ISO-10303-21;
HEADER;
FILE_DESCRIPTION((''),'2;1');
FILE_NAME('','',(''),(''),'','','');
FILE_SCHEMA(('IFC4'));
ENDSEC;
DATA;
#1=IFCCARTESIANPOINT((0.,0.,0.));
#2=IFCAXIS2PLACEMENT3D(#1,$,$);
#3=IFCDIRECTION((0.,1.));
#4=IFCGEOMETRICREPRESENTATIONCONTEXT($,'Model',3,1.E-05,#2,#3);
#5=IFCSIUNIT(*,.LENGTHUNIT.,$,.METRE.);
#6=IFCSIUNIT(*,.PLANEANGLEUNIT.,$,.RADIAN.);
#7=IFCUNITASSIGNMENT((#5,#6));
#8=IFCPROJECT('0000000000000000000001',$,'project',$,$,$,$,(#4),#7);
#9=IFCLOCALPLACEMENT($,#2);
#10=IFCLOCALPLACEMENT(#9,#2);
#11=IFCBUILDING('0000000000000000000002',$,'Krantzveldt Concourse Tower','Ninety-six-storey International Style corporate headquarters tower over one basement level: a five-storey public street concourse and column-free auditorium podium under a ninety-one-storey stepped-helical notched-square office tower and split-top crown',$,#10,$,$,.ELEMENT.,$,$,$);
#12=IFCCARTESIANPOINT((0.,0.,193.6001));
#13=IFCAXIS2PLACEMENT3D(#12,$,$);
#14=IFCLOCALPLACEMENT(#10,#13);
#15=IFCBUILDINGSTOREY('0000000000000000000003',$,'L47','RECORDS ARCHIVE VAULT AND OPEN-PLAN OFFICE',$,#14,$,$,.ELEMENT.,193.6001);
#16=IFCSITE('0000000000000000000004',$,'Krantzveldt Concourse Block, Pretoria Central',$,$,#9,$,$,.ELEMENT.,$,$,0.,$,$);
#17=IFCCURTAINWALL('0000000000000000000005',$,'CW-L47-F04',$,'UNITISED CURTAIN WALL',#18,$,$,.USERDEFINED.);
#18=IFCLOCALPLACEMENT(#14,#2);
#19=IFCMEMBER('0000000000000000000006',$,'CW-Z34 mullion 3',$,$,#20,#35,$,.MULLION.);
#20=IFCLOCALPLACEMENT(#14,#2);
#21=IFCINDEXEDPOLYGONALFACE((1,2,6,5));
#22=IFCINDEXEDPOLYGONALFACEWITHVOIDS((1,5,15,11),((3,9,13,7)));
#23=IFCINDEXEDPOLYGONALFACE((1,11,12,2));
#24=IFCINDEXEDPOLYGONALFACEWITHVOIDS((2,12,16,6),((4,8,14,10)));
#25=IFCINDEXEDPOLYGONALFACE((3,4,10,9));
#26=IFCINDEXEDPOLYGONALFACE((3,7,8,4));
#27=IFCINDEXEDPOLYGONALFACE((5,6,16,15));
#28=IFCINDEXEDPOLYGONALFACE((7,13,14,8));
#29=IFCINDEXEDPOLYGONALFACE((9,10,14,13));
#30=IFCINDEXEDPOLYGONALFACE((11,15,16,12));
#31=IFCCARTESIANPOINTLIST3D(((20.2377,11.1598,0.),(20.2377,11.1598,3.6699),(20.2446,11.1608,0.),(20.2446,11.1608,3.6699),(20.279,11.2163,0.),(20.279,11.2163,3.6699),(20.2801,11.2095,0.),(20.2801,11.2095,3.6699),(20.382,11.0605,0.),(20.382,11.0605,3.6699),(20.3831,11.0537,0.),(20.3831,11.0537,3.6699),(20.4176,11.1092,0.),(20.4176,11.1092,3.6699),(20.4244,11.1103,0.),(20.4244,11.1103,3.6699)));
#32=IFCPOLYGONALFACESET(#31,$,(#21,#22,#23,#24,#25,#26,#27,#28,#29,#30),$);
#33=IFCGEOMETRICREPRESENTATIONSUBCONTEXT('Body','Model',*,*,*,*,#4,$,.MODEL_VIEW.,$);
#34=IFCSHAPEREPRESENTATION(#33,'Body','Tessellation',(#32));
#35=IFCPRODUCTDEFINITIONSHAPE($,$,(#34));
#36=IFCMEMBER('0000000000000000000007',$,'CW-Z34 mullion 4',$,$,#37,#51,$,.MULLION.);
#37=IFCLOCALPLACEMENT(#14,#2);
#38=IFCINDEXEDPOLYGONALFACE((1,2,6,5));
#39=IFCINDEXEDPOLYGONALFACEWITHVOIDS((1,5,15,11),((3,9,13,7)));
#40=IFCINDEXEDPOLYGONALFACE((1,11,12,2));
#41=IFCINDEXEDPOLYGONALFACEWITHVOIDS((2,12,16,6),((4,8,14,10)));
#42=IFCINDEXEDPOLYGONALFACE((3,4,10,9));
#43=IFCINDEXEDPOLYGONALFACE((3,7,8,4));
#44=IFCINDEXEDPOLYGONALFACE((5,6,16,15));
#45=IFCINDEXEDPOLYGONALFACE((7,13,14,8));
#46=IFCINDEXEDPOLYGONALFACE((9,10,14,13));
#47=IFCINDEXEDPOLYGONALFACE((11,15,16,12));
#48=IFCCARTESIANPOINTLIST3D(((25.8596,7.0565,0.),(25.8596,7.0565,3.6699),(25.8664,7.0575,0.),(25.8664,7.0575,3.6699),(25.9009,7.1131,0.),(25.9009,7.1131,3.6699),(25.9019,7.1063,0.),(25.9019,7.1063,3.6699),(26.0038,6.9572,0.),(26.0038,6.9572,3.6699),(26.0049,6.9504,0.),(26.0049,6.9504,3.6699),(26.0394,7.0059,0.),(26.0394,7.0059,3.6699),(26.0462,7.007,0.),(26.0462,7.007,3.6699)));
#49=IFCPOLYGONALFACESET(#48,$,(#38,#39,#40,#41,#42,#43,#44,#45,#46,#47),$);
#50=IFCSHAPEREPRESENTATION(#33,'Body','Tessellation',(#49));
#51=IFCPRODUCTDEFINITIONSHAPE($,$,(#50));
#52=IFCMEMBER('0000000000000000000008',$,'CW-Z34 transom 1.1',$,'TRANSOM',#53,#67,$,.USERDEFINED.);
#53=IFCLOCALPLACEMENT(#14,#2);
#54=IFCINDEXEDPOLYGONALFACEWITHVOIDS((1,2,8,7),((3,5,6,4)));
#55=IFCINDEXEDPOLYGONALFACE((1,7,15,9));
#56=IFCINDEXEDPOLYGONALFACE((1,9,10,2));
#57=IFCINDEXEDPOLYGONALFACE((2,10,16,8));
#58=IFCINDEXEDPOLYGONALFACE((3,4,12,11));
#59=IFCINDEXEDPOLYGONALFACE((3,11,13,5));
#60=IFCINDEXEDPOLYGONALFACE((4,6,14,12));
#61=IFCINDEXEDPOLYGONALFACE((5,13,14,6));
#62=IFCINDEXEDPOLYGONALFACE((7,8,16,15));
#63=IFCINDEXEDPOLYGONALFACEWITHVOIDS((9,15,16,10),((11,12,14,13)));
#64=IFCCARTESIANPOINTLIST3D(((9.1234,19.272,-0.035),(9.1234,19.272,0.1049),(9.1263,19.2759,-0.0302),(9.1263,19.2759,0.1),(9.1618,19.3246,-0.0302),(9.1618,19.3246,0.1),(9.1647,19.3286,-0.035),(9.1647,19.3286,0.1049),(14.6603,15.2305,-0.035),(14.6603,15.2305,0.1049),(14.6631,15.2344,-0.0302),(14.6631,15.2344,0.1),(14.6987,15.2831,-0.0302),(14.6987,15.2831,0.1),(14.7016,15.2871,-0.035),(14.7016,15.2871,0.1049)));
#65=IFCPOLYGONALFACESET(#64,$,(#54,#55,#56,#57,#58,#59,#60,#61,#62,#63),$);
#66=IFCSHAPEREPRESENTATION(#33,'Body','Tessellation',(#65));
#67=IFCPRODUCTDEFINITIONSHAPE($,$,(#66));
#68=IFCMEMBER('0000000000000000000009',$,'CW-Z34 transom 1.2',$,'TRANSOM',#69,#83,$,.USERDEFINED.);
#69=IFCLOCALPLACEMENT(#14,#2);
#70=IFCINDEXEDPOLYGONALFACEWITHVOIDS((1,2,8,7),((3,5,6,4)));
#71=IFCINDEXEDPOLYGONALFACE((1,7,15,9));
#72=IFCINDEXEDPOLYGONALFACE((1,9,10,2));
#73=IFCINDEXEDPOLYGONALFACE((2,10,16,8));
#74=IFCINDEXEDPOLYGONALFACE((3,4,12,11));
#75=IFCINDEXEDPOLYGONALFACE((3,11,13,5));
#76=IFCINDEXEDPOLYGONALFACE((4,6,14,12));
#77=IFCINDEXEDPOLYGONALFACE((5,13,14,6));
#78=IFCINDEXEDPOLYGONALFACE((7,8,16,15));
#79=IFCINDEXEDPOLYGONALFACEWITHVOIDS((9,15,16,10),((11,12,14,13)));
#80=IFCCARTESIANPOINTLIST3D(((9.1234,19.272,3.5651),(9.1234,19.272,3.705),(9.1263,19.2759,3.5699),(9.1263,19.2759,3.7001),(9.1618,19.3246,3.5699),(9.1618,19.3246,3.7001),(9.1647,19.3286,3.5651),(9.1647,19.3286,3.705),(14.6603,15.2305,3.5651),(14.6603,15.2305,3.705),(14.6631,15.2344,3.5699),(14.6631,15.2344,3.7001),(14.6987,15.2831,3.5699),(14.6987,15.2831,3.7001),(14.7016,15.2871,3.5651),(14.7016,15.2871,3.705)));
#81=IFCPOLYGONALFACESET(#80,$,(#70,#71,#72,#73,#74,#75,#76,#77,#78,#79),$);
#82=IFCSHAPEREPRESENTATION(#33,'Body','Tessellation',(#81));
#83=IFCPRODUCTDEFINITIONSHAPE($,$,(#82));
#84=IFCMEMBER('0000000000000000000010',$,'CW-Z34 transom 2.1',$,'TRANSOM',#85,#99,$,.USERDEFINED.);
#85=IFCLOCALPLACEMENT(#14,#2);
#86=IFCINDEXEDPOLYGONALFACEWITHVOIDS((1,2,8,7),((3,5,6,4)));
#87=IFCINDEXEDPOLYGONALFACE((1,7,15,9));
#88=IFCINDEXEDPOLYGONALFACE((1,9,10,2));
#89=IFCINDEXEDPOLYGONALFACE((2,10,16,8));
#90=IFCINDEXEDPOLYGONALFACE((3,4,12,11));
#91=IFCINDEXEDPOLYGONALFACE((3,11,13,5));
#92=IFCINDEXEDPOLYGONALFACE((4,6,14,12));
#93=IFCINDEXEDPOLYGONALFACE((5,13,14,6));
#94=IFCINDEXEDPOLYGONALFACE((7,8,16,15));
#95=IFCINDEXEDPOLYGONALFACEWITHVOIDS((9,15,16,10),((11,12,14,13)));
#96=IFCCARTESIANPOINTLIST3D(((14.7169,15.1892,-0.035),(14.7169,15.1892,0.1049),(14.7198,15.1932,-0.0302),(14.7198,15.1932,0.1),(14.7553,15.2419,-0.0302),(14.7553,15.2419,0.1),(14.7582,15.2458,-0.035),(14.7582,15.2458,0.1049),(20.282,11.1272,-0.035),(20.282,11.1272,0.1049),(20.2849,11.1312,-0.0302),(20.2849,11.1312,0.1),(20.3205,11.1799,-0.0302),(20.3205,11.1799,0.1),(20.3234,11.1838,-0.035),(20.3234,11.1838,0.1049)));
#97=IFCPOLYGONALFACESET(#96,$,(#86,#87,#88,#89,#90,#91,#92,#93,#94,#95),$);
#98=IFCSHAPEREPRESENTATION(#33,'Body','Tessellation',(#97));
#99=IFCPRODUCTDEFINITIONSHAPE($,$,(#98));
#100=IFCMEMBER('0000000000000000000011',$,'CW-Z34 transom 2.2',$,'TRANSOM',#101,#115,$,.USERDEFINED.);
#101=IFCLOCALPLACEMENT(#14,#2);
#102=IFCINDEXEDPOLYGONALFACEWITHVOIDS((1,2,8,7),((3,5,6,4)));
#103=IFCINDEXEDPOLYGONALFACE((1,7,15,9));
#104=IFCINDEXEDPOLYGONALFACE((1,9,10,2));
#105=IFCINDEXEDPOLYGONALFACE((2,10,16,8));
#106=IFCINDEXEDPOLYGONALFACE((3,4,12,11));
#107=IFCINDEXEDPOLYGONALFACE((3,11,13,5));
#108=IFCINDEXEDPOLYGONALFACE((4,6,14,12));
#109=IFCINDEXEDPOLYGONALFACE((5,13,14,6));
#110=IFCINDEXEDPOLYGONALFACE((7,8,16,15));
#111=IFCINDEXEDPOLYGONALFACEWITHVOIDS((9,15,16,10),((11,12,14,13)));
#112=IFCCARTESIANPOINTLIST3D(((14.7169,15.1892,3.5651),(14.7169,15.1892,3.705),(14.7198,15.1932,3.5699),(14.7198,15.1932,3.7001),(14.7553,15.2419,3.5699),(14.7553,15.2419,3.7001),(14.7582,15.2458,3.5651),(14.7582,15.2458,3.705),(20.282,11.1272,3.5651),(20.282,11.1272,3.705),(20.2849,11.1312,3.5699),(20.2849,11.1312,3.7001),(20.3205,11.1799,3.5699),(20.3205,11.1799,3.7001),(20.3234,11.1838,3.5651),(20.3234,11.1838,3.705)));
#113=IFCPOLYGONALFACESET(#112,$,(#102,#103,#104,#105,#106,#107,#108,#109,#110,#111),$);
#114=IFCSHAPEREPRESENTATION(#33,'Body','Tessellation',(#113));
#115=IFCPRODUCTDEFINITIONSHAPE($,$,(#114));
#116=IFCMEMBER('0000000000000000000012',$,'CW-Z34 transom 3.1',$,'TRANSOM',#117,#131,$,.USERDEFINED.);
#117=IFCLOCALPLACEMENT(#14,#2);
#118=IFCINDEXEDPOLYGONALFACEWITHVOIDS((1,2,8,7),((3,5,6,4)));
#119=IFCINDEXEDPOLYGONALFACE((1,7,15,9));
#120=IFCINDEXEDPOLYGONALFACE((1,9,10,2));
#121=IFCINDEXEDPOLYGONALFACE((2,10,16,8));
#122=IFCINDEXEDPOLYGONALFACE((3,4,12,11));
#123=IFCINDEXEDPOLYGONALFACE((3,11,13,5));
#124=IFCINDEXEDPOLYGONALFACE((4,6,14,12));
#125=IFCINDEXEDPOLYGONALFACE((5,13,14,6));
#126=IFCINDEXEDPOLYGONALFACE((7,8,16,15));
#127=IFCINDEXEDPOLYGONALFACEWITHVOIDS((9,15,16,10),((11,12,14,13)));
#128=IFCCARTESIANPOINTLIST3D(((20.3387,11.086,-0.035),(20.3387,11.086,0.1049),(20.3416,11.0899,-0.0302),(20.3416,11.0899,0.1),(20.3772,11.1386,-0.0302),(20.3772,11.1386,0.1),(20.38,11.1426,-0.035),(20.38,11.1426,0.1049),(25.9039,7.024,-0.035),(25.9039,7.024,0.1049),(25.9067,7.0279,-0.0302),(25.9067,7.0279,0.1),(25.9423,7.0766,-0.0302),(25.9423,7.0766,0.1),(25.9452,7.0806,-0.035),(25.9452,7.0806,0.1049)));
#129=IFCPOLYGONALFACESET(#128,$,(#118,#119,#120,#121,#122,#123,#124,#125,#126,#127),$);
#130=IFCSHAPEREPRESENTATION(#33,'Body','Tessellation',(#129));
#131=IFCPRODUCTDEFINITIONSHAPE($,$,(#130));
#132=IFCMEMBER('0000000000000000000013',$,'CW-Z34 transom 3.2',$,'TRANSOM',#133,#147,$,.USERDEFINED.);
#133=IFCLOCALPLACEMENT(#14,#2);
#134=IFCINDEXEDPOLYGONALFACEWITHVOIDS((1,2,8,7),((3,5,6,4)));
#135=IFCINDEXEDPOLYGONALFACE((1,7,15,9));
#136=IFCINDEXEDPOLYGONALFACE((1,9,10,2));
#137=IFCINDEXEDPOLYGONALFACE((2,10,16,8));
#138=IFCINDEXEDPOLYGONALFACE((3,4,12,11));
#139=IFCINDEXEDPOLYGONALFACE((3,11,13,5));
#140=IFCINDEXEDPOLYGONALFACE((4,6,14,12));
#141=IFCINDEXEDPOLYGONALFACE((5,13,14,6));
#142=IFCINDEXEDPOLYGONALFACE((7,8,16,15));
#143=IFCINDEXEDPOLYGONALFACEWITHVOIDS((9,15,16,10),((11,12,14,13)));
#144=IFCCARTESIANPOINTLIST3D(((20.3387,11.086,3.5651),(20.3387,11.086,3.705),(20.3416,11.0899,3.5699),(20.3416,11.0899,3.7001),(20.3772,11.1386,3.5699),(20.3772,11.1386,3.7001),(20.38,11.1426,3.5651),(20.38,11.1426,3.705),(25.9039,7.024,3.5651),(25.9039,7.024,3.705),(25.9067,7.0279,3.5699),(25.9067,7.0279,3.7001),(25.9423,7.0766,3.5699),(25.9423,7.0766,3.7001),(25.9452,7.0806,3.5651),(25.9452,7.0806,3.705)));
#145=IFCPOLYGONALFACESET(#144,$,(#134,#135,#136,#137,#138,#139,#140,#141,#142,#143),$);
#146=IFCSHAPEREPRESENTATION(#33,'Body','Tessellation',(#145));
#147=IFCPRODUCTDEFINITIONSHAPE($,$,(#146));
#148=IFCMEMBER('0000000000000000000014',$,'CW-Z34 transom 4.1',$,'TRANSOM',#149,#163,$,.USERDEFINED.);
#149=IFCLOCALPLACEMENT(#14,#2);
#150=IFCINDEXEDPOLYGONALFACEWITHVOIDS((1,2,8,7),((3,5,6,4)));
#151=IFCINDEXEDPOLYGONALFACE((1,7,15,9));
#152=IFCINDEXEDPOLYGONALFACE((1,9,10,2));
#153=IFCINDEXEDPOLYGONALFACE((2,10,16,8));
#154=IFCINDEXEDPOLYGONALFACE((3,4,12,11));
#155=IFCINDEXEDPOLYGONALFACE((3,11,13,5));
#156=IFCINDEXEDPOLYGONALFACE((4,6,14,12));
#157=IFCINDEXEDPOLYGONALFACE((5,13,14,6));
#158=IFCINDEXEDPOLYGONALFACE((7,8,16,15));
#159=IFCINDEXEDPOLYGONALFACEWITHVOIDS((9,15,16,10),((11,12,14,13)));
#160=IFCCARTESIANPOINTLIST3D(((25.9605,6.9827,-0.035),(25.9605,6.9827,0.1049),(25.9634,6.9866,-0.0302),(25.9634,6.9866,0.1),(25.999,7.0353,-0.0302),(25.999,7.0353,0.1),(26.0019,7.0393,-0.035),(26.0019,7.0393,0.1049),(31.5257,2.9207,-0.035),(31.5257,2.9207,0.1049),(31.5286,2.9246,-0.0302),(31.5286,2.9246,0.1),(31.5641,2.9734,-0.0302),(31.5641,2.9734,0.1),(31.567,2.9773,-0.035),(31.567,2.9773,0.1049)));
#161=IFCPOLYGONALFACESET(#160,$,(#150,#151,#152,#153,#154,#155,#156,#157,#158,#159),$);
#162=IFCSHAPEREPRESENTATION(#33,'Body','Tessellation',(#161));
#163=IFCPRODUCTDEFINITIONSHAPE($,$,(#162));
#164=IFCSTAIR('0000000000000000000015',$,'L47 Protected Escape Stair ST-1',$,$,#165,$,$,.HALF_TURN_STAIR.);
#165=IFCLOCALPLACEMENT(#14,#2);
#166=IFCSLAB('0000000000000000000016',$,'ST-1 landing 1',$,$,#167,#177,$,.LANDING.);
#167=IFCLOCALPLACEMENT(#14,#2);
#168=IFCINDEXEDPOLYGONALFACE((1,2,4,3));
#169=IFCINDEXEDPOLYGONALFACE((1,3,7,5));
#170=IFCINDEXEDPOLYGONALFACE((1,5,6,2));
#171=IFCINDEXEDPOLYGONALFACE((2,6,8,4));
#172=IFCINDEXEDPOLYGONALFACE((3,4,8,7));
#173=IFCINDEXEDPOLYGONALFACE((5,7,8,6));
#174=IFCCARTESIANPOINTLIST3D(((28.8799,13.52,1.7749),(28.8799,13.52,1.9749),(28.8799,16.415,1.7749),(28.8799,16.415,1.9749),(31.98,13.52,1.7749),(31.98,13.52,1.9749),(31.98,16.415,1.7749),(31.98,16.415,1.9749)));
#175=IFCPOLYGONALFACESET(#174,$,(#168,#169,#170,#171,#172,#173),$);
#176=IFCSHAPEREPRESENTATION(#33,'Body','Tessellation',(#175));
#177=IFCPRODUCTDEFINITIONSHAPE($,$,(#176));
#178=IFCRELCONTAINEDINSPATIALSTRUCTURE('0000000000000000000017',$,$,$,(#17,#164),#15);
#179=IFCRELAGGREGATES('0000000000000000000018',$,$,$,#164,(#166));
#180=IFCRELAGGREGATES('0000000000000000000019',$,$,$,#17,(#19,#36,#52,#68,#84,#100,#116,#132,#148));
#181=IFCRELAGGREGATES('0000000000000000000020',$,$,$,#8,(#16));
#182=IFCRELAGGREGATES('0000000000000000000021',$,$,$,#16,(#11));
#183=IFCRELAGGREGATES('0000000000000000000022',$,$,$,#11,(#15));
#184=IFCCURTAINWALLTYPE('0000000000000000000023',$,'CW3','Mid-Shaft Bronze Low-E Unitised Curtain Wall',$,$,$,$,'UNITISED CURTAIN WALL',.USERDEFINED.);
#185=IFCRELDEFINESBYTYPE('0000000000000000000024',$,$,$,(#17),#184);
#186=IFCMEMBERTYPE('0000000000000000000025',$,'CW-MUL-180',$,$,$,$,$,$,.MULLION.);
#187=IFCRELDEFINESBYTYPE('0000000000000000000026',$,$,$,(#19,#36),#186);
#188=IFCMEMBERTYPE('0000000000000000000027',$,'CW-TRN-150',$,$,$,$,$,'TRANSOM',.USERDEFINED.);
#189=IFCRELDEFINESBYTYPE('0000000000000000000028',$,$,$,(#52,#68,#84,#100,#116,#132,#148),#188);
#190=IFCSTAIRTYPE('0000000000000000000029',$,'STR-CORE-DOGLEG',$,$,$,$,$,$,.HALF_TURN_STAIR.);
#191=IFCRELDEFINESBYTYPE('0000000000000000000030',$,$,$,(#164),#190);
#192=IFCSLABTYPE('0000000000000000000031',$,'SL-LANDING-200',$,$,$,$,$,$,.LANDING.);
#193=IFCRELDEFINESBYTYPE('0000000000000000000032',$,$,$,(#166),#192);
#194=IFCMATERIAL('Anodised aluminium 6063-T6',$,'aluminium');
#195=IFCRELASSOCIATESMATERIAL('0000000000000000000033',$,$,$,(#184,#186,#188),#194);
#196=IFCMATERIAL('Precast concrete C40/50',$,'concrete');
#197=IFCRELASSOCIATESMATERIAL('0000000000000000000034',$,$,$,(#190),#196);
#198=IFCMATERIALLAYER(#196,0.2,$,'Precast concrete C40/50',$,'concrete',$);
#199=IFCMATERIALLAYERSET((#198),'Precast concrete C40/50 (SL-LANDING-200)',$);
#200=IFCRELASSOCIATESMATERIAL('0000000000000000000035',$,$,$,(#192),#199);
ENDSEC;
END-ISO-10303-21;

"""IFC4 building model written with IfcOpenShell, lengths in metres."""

from ifc_helpers import new_model, si_unit, direction, frame, origin, origin_2d, place, context, subcontext, project, spatial, polyline, hollow_rectangle, outline, extrude, source, transform, mapped, material, layer, layer_set, material_profile, profile_set, type_object, type_shapes, element, aggregate, save


model = new_model("IFC4")

# Units and contexts
model_context = context("Model", 3, precision=1e-05, world=origin(), true_north=direction((0.0, 1.0)))
body_context = subcontext(model_context, "Body", "Model", "MODEL_VIEW")
ifc_project = project(units=[si_unit("LENGTHUNIT", "METRE"), si_unit("PLANEANGLEUNIT", "RADIAN")], contexts=[model_context])

# Site, building, storey
site_placement = place(None, origin())
site = spatial("IfcSite", under=ifc_project, at=site_placement, Name="Krantzveldt Concourse Block, Pretoria Central", CompositionType="ELEMENT", RefElevation=0.0)
building_placement = place(site_placement, origin())
building = spatial("IfcBuilding", under=site, at=building_placement, Name="Krantzveldt Concourse Tower", Description="Ninety-six-storey International Style corporate headquarters tower over one basement level: a five-storey public street concourse and column-free auditorium podium under a ninety-one-storey stepped-helical notched-square office tower and split-top crown", CompositionType="ELEMENT")
storey_placement = place(building_placement, frame((0.0, 0.0, 193.6001)))
storey = spatial("IfcBuildingStorey", under=building, at=storey_placement, Name="L47", Description="RECORDS ARCHIVE VAULT AND OPEN-PLAN OFFICE", CompositionType="ELEMENT", Elevation=193.6001)

# Curtain wall, members
ifc_material_1 = material(Name="Anodised aluminium 6063-T6", Category="aluminium")
curtain_wall_type = type_object("IfcCurtainWallType", Name="CW3", Description="Mid-Shaft Bronze Low-E Unitised Curtain Wall", ElementType="UNITISED CURTAIN WALL", PredefinedType="USERDEFINED", material=ifc_material_1)
curtain_wall_placement = place(storey_placement, origin())
curtain_wall = element("IfcCurtainWall", 1, at=curtain_wall_placement, inside=storey, type_object=curtain_wall_type, Name="CW-L47-F04", ObjectType="UNITISED CURTAIN WALL", PredefinedType="USERDEFINED")
ifc_material_profile_1 = material_profile(ifc_material_1, hollow_rectangle(XDim=0.0701, YDim=0.1799, WallThickness=0.0049, at=origin_2d()), Name="Anodised aluminium 6063-T6", Category="aluminium")
ifc_profile_set_1 = profile_set([ifc_material_profile_1], Name="Anodised aluminium 6063-T6 - ALU-MULL 180x70x5")
member_type_1 = type_object("IfcMemberType", Name="CW-MUL-180", PredefinedType="MULLION", material=ifc_profile_set_1)
shared_shape_1 = source(origin(), body_context, "Body", "SweptSolid", [
    extrude(hollow_rectangle(XDim=0.0701, YDim=0.1799, WallThickness=0.0049, at=origin_2d()), origin(), (0.0, 0.0, 1.0), 3.6699),
])
type_shapes(member_type_1, [shared_shape_1])
member_1_placement = place(storey_placement, frame((20.3311, 11.135, 0.0), z_axis=(0.0, 0.0, 1.0), x_axis=(0.589549, 0.807733, 0.0)))
member_1 = element("IfcMember", 2, at=member_1_placement, type_object=member_type_1, Name="CW-Z34 mullion 3", PredefinedType="MULLION", context=body_context, shape_type="MappedRepresentation", body=[
    mapped(shared_shape_1, transform((0.0, 0.0, 0.0), x_axis=(1.0, 0.0, 0.0), y_axis=(0.0, 1.0, 0.0), z_axis=(0.0, 0.0, 1.0), scale=1.0)),
])
member_2_placement = place(storey_placement, frame((25.9529, 7.0317, 0.0), z_axis=(0.0, 0.0, 1.0), x_axis=(0.589549, 0.807733, 0.0)))
member_2 = element("IfcMember", 3, at=member_2_placement, type_object=member_type_1, Name="CW-Z34 mullion 4", PredefinedType="MULLION", context=body_context, shape_type="MappedRepresentation", body=[
    mapped(shared_shape_1, transform((0.0, 0.0, 0.0), x_axis=(1.0, 0.0, 0.0), y_axis=(0.0, 1.0, 0.0), z_axis=(0.0, 0.0, 1.0), scale=1.0)),
])
ifc_material_profile_2 = material_profile(ifc_material_1, hollow_rectangle(XDim=0.0701, YDim=0.1399, WallThickness=0.0049, at=origin_2d()), Name="Anodised aluminium 6063-T6", Category="aluminium")
ifc_profile_set_2 = profile_set([ifc_material_profile_2], Name="Anodised aluminium 6063-T6 - ALU-TRAN 140x70x5")
member_type_2 = type_object("IfcMemberType", Name="CW-TRN-150", ElementType="TRANSOM", PredefinedType="USERDEFINED", material=ifc_profile_set_2)
shared_shape_2 = source(origin(), body_context, "Body", "SweptSolid", [
    extrude(hollow_rectangle(XDim=0.0701, YDim=0.1399, WallThickness=0.0049, at=origin_2d()), origin(), (0.0, 0.0, 1.0), 6.855),
])
member_3_placement = place(storey_placement, frame((9.144, 19.3003, 0.0349), z_axis=(0.807715, -0.589573, 0.0), x_axis=(0.589573, 0.807715, 0.0)))
member_3 = element("IfcMember", 4, at=member_3_placement, type_object=member_type_2, Name="CW-Z34 transom 1.1", ObjectType="TRANSOM", PredefinedType="USERDEFINED", context=body_context, shape_type="MappedRepresentation", body=[
    mapped(shared_shape_2, transform((0.0, 0.0, 0.0), x_axis=(1.0, 0.0, 0.0), y_axis=(0.0, 1.0, 0.0), z_axis=(0.0, 0.0, 1.0), scale=1.0)),
])
member_4_placement = place(storey_placement, frame((9.144, 19.3003, 3.635), z_axis=(0.807715, -0.589573, 0.0), x_axis=(0.589573, 0.807715, 0.0)))
member_4 = element("IfcMember", 5, at=member_4_placement, type_object=member_type_2, Name="CW-Z34 transom 1.2", ObjectType="TRANSOM", PredefinedType="USERDEFINED", context=body_context, shape_type="MappedRepresentation", body=[
    mapped(shared_shape_2, transform((0.0, 0.0, 0.0), x_axis=(1.0, 0.0, 0.0), y_axis=(0.0, 1.0, 0.0), z_axis=(0.0, 0.0, 1.0), scale=1.0)),
])
shared_shape_3 = source(origin(), body_context, "Body", "SweptSolid", [
    extrude(hollow_rectangle(XDim=0.0701, YDim=0.1399, WallThickness=0.0049, at=origin_2d()), origin(), (0.0, 0.0, 1.0), 6.8899),
])
type_shapes(member_type_2, [shared_shape_2, shared_shape_3])
member_5_placement = place(storey_placement, frame((14.7375, 15.2175, 0.0349), z_axis=(0.807727, -0.589557, 0.0), x_axis=(0.589557, 0.807727, 0.0)))
member_5 = element("IfcMember", 6, at=member_5_placement, type_object=member_type_2, Name="CW-Z34 transom 2.1", ObjectType="TRANSOM", PredefinedType="USERDEFINED", context=body_context, shape_type="MappedRepresentation", body=[
    mapped(shared_shape_3, transform((0.0, 0.0, 0.0), x_axis=(1.0, 0.0, 0.0), y_axis=(0.0, 1.0, 0.0), z_axis=(0.0, 0.0, 1.0), scale=1.0)),
])
member_6_placement = place(storey_placement, frame((14.7375, 15.2175, 3.635), z_axis=(0.807727, -0.589557, 0.0), x_axis=(0.589557, 0.807727, 0.0)))
member_6 = element("IfcMember", 7, at=member_6_placement, type_object=member_type_2, Name="CW-Z34 transom 2.2", ObjectType="TRANSOM", PredefinedType="USERDEFINED", context=body_context, shape_type="MappedRepresentation", body=[
    mapped(shared_shape_3, transform((0.0, 0.0, 0.0), x_axis=(1.0, 0.0, 0.0), y_axis=(0.0, 1.0, 0.0), z_axis=(0.0, 0.0, 1.0), scale=1.0)),
])
member_7_placement = place(storey_placement, frame((20.3594, 11.1143, 0.0349), z_axis=(0.807727, -0.589557, 0.0), x_axis=(0.589557, 0.807727, 0.0)))
member_7 = element("IfcMember", 8, at=member_7_placement, type_object=member_type_2, Name="CW-Z34 transom 3.1", ObjectType="TRANSOM", PredefinedType="USERDEFINED", context=body_context, shape_type="MappedRepresentation", body=[
    mapped(shared_shape_3, transform((0.0, 0.0, 0.0), x_axis=(1.0, 0.0, 0.0), y_axis=(0.0, 1.0, 0.0), z_axis=(0.0, 0.0, 1.0), scale=1.0)),
])
member_8_placement = place(storey_placement, frame((20.3594, 11.1143, 3.635), z_axis=(0.807727, -0.589557, 0.0), x_axis=(0.589557, 0.807727, 0.0)))
member_8 = element("IfcMember", 9, at=member_8_placement, type_object=member_type_2, Name="CW-Z34 transom 3.2", ObjectType="TRANSOM", PredefinedType="USERDEFINED", context=body_context, shape_type="MappedRepresentation", body=[
    mapped(shared_shape_3, transform((0.0, 0.0, 0.0), x_axis=(1.0, 0.0, 0.0), y_axis=(0.0, 1.0, 0.0), z_axis=(0.0, 0.0, 1.0), scale=1.0)),
])
member_9_placement = place(storey_placement, frame((25.9812, 7.011, 0.0349), z_axis=(0.807727, -0.589557, 0.0), x_axis=(0.589557, 0.807727, 0.0)))
member_9 = element("IfcMember", 10, at=member_9_placement, type_object=member_type_2, Name="CW-Z34 transom 4.1", ObjectType="TRANSOM", PredefinedType="USERDEFINED", context=body_context, shape_type="MappedRepresentation", body=[
    mapped(shared_shape_3, transform((0.0, 0.0, 0.0), x_axis=(1.0, 0.0, 0.0), y_axis=(0.0, 1.0, 0.0), z_axis=(0.0, 0.0, 1.0), scale=1.0)),
])

# Stair, slab
ifc_material_2 = material(Name="Precast concrete C40/50", Category="concrete")
stair_type = type_object("IfcStairType", Name="STR-CORE-DOGLEG", PredefinedType="HALF_TURN_STAIR", material=ifc_material_2)
stair_1_placement = place(storey_placement, origin())
stair_1 = element("IfcStair", 11, at=stair_1_placement, inside=storey, type_object=stair_type, Name="L47 Protected Escape Stair ST-1", PredefinedType="HALF_TURN_STAIR")
ifc_layer_1 = layer(ifc_material_2, 0.2, Name="Precast concrete C40/50", Category="concrete")
ifc_layer_set_1 = layer_set([ifc_layer_1], Name="Precast concrete C40/50 (SL-LANDING-200)")
slab_type_1 = type_object("IfcSlabType", Name="SL-LANDING-200", PredefinedType="LANDING", material=ifc_layer_set_1)
slab_1_placement = place(storey_placement, frame((0.0, 0.0, 1.7749)))
slab_1 = element("IfcSlab", 12, at=slab_1_placement, type_object=slab_type_1, Name="ST-1 landing 1", PredefinedType="LANDING", context=body_context, shape_type="SweptSolid", body=[
    extrude(outline(polyline([(28.8799, 16.415), (28.8799, 13.52), (31.98, 13.52), (31.98, 16.415), (28.8799, 16.415)])), origin(), (0.0, 0.0, 1.0), 0.2),
])
aggregate(stair_1, [slab_1])

aggregate(curtain_wall, [member_1, member_2, member_3, member_4, member_5, member_6, member_7, member_8, member_9])

save(model, "model.ifc")
